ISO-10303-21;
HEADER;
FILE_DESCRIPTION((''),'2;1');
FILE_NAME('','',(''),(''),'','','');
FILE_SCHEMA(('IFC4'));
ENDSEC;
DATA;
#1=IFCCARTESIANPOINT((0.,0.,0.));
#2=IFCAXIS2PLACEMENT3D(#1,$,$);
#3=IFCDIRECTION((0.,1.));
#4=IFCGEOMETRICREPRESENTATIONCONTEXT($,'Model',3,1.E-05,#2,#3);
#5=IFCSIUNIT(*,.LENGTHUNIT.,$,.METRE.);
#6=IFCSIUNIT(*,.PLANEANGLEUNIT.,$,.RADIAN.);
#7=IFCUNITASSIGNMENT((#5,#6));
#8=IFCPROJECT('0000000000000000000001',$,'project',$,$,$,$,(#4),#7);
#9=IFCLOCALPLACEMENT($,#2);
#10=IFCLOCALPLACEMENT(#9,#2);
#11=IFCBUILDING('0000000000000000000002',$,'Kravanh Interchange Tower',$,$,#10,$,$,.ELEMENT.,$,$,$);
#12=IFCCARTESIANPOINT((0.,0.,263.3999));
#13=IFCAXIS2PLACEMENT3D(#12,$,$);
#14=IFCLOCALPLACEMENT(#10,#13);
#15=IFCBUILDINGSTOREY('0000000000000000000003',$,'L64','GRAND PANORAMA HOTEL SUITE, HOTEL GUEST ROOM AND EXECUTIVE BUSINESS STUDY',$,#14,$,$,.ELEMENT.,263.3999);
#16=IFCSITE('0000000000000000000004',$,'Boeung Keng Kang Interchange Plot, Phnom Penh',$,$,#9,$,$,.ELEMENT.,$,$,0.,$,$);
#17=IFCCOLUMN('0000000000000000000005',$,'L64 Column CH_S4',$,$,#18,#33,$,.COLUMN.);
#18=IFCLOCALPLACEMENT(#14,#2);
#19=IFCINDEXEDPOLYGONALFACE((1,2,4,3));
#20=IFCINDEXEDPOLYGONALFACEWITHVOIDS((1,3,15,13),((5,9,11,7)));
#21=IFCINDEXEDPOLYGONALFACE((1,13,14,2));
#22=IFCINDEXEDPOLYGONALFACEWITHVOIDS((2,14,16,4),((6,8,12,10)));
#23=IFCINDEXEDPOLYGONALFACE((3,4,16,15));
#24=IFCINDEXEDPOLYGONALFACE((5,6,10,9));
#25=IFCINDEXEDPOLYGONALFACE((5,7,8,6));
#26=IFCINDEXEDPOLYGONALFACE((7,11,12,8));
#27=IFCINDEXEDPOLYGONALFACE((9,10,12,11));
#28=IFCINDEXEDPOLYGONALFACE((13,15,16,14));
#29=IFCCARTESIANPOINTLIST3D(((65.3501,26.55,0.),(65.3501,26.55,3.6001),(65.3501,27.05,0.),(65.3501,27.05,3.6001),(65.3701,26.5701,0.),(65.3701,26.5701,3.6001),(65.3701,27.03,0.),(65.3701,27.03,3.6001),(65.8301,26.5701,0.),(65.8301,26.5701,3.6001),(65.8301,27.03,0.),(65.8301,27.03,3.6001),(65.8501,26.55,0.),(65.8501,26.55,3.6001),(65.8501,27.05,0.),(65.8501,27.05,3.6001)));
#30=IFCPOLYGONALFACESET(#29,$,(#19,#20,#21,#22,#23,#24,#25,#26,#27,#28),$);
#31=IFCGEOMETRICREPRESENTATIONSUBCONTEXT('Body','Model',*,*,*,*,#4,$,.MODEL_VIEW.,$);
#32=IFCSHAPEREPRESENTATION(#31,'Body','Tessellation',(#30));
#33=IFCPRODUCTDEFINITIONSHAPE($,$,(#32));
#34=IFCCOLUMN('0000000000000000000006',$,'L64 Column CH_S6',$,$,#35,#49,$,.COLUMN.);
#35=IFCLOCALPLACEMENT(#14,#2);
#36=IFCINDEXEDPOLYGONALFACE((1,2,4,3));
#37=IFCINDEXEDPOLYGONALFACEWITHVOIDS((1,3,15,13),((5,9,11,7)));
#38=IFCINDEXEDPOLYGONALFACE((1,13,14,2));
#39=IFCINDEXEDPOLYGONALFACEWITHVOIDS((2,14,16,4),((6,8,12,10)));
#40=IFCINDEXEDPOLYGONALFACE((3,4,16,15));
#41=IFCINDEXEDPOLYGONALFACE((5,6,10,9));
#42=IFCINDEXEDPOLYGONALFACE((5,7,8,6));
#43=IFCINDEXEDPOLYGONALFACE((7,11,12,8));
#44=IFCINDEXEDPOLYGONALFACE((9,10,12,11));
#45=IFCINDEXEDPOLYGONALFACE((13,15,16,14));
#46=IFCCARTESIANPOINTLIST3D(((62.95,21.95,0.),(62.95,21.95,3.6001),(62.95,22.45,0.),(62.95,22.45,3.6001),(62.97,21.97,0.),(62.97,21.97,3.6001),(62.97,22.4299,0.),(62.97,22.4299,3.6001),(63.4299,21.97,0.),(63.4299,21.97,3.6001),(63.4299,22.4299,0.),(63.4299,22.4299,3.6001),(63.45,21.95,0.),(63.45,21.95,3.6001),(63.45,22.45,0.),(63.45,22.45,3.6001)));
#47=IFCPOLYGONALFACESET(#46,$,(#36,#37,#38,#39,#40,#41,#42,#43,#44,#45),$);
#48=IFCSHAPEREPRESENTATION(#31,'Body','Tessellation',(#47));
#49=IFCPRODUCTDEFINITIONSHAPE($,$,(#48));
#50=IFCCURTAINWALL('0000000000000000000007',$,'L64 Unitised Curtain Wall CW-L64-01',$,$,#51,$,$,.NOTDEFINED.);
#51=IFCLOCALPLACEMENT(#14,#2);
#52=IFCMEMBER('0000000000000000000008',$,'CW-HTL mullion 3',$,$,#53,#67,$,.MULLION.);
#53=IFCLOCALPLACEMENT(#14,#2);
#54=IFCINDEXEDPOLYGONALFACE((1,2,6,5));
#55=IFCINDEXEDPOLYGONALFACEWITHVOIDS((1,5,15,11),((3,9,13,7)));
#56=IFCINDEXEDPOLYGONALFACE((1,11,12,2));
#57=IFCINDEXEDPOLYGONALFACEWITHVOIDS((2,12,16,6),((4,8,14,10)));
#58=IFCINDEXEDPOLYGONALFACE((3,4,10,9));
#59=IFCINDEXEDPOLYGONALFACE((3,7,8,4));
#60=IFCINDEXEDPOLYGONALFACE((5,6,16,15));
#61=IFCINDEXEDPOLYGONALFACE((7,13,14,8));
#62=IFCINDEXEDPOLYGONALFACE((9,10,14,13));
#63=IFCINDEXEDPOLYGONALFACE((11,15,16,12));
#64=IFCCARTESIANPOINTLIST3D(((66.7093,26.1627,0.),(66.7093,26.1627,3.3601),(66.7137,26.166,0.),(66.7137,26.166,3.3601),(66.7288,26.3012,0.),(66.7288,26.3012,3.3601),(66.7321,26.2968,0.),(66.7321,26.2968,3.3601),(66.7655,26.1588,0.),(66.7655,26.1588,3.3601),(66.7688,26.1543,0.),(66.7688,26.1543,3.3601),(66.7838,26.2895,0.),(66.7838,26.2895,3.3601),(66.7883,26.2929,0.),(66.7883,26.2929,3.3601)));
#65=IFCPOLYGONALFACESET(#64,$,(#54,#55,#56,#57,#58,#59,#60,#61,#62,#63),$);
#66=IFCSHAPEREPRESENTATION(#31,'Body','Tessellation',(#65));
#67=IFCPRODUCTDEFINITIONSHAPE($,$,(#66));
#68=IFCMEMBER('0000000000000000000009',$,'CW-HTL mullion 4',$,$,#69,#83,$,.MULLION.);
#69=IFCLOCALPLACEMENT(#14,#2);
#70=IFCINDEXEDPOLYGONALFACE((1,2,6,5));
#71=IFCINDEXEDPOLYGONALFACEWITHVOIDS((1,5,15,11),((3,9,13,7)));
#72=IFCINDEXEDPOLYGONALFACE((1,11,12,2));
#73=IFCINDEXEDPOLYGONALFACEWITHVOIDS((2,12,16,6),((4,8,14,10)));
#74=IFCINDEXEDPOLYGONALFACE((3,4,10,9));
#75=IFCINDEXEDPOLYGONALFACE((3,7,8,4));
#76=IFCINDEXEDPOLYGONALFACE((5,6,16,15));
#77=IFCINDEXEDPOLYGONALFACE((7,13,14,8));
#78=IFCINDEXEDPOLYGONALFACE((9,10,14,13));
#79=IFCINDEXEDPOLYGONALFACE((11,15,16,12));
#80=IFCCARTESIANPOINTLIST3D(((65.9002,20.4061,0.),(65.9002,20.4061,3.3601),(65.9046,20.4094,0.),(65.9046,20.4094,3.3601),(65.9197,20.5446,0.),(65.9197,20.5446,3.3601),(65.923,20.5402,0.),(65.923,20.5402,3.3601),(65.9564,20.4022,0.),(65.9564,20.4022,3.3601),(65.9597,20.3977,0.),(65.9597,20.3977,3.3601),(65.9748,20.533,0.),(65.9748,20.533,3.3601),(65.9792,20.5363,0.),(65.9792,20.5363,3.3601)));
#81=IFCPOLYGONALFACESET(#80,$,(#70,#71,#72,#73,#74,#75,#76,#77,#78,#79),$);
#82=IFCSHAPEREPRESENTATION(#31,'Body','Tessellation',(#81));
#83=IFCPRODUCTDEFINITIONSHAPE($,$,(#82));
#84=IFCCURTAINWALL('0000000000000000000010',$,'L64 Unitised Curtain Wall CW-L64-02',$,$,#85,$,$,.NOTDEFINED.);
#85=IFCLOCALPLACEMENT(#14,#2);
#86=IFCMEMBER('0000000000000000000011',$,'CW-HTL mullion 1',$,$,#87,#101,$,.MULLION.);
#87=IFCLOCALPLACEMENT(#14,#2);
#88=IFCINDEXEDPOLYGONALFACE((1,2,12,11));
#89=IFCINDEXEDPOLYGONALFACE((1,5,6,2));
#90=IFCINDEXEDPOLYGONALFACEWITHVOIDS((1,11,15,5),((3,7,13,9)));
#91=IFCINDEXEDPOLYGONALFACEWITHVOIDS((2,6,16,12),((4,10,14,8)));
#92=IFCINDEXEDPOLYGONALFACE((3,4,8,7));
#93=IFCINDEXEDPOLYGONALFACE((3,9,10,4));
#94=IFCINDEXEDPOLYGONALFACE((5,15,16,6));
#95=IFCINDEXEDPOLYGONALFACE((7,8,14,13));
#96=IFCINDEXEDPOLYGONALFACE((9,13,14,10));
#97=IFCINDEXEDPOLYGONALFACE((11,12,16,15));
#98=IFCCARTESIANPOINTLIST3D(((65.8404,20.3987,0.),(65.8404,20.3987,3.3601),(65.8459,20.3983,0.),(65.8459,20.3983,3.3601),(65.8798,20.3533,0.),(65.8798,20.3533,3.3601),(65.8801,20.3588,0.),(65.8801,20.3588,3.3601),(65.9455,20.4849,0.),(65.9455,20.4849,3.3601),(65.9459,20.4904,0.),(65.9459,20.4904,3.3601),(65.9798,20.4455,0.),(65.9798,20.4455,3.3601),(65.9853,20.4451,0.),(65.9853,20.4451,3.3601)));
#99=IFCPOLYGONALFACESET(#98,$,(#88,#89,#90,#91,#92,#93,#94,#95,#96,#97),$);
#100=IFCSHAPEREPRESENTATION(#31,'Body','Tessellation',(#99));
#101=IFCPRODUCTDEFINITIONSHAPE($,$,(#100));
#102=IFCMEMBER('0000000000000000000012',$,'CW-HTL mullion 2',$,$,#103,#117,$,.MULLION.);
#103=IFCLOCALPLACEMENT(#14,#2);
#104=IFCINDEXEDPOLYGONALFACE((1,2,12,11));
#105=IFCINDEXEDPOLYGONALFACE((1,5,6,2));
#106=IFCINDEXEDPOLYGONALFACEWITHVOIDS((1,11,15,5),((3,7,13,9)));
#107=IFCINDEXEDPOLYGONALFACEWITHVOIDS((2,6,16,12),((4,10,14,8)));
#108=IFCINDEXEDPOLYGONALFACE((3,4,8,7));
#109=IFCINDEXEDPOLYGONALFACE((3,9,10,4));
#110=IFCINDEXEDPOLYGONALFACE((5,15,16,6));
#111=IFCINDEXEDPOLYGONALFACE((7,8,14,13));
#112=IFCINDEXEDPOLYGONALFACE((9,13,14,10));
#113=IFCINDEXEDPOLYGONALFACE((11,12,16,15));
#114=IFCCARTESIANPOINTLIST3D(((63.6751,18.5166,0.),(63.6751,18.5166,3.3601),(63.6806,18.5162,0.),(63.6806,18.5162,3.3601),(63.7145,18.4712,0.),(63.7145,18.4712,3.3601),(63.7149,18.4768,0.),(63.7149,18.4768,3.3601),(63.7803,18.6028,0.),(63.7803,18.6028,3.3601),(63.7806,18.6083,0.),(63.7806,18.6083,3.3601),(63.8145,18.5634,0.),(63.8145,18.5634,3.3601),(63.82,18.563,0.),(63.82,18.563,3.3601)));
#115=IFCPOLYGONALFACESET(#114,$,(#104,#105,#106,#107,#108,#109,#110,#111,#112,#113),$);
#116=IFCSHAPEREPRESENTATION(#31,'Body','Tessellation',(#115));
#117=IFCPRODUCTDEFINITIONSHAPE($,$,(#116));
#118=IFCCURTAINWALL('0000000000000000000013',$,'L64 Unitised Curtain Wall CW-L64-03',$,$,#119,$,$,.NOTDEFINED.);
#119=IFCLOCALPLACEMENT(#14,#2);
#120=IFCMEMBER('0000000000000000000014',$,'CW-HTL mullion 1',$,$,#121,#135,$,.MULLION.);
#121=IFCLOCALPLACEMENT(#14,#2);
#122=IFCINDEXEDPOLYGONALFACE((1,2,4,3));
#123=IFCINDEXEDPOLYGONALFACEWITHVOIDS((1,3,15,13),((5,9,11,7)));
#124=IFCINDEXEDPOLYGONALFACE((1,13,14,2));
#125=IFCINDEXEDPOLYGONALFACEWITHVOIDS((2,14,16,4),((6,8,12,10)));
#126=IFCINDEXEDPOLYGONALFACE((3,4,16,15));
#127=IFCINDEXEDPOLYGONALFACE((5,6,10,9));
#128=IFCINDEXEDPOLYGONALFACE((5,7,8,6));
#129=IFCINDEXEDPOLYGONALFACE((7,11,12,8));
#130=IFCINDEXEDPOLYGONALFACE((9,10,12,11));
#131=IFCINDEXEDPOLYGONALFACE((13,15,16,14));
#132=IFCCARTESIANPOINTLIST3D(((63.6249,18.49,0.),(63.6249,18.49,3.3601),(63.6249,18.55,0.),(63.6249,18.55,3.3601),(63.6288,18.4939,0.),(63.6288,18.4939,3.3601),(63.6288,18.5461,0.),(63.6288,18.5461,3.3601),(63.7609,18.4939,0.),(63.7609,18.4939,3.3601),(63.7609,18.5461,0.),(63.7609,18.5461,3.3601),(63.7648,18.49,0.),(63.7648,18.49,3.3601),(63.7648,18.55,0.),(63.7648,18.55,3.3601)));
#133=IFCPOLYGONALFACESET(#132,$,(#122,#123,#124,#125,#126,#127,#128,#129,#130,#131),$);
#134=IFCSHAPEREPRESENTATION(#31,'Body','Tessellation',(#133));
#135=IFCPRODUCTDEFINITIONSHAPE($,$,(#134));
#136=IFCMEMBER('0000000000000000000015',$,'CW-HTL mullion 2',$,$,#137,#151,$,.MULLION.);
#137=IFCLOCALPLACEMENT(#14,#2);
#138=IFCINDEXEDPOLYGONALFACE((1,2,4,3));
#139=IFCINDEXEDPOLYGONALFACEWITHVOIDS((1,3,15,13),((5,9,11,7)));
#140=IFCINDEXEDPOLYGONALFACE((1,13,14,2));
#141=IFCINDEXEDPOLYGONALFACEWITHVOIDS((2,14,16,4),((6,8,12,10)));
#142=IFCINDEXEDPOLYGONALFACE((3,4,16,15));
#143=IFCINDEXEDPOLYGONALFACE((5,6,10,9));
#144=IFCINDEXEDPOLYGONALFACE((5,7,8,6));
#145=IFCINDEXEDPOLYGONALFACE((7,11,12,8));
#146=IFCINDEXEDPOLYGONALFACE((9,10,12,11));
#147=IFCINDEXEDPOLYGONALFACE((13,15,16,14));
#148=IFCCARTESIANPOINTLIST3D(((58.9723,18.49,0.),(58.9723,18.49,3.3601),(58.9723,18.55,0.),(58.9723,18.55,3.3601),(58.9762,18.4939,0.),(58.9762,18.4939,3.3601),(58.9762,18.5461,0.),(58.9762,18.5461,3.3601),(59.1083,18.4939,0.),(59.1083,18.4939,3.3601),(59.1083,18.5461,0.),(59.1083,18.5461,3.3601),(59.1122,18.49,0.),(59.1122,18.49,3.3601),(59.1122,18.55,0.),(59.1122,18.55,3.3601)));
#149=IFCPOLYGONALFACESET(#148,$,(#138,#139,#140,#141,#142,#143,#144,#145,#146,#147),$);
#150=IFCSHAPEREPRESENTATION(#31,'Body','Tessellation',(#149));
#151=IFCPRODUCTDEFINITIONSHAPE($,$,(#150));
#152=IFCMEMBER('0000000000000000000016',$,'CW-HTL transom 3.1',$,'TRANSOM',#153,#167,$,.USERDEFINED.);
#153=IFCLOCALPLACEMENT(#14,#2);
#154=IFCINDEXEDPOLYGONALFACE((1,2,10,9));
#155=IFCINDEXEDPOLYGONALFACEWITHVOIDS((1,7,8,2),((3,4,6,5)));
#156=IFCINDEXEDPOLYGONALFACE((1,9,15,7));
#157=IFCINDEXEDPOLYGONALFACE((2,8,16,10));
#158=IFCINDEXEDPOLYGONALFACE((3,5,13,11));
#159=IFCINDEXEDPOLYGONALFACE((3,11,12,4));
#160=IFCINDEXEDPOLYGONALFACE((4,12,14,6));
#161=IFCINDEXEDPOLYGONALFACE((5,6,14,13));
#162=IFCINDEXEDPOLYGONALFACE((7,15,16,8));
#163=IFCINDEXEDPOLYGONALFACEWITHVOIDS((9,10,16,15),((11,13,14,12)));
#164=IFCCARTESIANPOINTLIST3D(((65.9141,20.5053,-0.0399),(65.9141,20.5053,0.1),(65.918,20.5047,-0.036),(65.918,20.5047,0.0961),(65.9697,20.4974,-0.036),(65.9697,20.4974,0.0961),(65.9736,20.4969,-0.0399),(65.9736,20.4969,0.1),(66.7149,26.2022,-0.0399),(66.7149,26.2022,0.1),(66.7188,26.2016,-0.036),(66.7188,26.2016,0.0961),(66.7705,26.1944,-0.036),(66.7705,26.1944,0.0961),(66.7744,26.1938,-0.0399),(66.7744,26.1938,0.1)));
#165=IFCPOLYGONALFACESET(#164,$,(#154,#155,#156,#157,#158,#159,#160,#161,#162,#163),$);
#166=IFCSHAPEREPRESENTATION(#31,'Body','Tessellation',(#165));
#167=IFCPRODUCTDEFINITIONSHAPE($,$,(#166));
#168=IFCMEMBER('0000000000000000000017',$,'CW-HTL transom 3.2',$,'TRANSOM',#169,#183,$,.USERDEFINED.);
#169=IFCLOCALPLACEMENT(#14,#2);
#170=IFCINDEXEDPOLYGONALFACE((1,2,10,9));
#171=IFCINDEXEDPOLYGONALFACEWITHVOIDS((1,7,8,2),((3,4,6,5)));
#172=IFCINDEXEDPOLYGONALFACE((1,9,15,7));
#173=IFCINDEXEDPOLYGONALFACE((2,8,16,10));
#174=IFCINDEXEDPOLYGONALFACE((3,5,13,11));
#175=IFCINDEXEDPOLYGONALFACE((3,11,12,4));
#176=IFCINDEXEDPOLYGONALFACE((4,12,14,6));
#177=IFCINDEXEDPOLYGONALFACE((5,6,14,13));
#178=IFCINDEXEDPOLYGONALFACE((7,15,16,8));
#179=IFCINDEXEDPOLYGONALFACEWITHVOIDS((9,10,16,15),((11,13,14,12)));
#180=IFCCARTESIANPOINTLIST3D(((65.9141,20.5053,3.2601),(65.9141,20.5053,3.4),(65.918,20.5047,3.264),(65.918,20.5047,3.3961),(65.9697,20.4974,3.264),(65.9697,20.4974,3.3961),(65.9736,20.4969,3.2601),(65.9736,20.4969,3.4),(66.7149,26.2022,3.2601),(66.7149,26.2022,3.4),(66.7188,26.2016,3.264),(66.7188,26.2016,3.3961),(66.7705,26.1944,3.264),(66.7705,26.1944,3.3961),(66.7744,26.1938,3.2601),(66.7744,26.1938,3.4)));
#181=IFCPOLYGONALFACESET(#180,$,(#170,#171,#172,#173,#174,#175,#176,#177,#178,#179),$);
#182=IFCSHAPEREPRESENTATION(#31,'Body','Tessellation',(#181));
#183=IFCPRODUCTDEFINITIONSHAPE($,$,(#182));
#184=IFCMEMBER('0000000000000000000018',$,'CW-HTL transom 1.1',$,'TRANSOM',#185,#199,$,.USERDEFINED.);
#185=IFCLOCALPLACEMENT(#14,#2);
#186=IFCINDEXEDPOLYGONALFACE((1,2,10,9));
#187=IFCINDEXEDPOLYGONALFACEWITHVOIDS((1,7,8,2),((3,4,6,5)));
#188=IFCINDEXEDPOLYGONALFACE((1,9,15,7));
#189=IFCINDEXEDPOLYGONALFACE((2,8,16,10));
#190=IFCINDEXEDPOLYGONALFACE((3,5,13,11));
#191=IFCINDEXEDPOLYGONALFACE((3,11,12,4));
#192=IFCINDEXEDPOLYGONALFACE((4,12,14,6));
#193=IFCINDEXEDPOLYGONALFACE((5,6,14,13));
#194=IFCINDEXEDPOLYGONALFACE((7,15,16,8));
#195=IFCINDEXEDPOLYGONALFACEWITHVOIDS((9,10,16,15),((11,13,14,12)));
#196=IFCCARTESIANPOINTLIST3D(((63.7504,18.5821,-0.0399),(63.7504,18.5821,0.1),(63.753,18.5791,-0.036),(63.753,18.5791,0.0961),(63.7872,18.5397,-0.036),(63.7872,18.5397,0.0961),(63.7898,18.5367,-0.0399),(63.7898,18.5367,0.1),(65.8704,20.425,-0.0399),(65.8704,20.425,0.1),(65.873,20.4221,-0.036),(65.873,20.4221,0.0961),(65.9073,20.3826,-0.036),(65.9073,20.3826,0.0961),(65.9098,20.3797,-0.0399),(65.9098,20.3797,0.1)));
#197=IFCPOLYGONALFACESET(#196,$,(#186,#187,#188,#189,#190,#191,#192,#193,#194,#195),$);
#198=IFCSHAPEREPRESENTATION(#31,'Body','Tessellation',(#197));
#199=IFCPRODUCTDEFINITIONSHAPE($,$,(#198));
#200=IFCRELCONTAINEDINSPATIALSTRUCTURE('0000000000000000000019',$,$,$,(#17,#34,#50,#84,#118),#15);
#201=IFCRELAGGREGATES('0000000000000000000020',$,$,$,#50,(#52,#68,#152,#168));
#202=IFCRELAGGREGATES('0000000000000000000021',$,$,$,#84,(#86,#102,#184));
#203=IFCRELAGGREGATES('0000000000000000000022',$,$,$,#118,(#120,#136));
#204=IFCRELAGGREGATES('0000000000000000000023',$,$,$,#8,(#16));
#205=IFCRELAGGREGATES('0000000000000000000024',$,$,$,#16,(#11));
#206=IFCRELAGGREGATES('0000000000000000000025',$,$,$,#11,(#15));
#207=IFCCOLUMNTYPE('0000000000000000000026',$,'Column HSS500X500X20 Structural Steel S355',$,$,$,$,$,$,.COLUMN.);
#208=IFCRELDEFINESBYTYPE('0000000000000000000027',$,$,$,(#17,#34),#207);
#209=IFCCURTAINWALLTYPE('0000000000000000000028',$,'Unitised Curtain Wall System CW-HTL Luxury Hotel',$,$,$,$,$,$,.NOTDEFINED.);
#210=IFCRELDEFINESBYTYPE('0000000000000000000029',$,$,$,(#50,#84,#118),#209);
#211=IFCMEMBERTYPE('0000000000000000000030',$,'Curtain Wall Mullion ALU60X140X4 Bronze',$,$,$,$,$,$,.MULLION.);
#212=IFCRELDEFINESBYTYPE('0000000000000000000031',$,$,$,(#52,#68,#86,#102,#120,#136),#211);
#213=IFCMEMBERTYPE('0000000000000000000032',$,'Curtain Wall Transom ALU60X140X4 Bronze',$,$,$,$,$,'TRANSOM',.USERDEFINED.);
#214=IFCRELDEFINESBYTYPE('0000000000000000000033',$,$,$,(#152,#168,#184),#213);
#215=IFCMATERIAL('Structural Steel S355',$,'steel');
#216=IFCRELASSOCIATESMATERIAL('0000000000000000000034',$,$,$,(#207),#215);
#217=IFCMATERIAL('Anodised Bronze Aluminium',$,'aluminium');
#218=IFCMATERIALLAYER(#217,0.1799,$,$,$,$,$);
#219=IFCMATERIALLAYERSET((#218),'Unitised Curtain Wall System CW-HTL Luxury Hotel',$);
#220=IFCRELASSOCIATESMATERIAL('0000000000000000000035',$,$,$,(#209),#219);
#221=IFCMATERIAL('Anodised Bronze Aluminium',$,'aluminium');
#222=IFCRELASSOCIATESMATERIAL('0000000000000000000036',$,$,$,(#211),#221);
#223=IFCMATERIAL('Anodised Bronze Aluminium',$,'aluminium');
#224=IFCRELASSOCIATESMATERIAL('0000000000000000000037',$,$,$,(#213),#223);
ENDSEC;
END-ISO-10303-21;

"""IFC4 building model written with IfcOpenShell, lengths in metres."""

from ifc_helpers import new_model, si_unit, direction, frame, origin, origin_2d, place, context, subcontext, project, spatial, hollow_rectangle, extrude, material, layer, layer_set, material_profile, profile_set, type_object, element, aggregate, save


model = new_model("IFC4")

# Units and contexts
model_context = context("Model", 3, precision=1e-05, world=origin(), true_north=direction((0.0, 1.0)))
body_context = subcontext(model_context, "Body", "Model", "MODEL_VIEW")
ifc_project = project(units=[si_unit("LENGTHUNIT", "METRE"), si_unit("PLANEANGLEUNIT", "RADIAN")], contexts=[model_context])

# Site, building, storey
site_placement = place(None, origin())
site = spatial("IfcSite", under=ifc_project, at=site_placement, Name="Boeung Keng Kang Interchange Plot, Phnom Penh", CompositionType="ELEMENT", RefElevation=0.0)
building_placement = place(site_placement, origin())
building = spatial("IfcBuilding", under=site, at=building_placement, Name="Kravanh Interchange Tower", CompositionType="ELEMENT")
storey_placement = place(building_placement, frame((0.0, 0.0, 263.3999)))
storey = spatial("IfcBuildingStorey", under=building, at=storey_placement, Name="L64", Description="GRAND PANORAMA HOTEL SUITE, HOTEL GUEST ROOM AND EXECUTIVE BUSINESS STUDY", CompositionType="ELEMENT", Elevation=263.3999)

# Columns
ifc_material_1 = material(Name="Structural Steel S355", Category="steel")
ifc_material_profile_1 = material_profile(ifc_material_1, hollow_rectangle(XDim=0.5, YDim=0.5, WallThickness=0.02, at=origin_2d()), Name="HSS500X500X20")
ifc_profile_set_1 = profile_set([ifc_material_profile_1], Name="Structural Steel S355")
column_type = type_object("IfcColumnType", Name="Column HSS500X500X20 Structural Steel S355", PredefinedType="COLUMN", material=ifc_profile_set_1)
for number, where, z_axis, x_axis, name in (
    (1, (65.6001, 26.8, 0.0), (0.0, 0.0, 1.0), (1.0, 0.0, 0.0), "L64 Column CH_S4"),
    (2, (63.2, 22.2, 0.0), (0.0, 0.0, 1.0), (1.0, 0.0, 0.0), "L64 Column CH_S6"),
):
    element("IfcColumn", number, at=place(storey_placement, frame(where, z_axis=z_axis, x_axis=x_axis)), inside=storey, type_object=column_type, Name=name, PredefinedType="COLUMN", context=body_context, shape_type="SweptSolid", body=[
        extrude(hollow_rectangle(XDim=0.5, YDim=0.5, WallThickness=0.02, at=origin_2d()), origin(), (0.0, 0.0, 1.0), 3.6001),
    ])

# Curtain walls, members
ifc_material_2 = material(Name="Anodised Bronze Aluminium", Category="aluminium")
ifc_layer_1 = layer(ifc_material_2, 0.1799)
ifc_layer_set_1 = layer_set([ifc_layer_1], Name="Unitised Curtain Wall System CW-HTL Luxury Hotel")
curtain_wall_type = type_object("IfcCurtainWallType", Name="Unitised Curtain Wall System CW-HTL Luxury Hotel", PredefinedType="NOTDEFINED", material=ifc_layer_set_1)
curtain_wall_1_placement = place(storey_placement, origin())
curtain_wall_1 = element("IfcCurtainWall", 3, at=curtain_wall_1_placement, inside=storey, type_object=curtain_wall_type, Name="L64 Unitised Curtain Wall CW-L64-01", PredefinedType="NOTDEFINED")
ifc_material_3 = material(Name="Anodised Bronze Aluminium", Category="aluminium")
ifc_material_profile_2 = material_profile(ifc_material_3, hollow_rectangle(XDim=0.0601, YDim=0.1399, WallThickness=0.0039, at=origin_2d()), Name="ALU60X140X4")
ifc_profile_set_2 = profile_set([ifc_material_profile_2], Name="Anodised Bronze Aluminium")
member_type_1 = type_object("IfcMemberType", Name="Curtain Wall Mullion ALU60X140X4 Bronze", PredefinedType="MULLION", material=ifc_profile_set_2)
member_1_placement = place(storey_placement, frame((66.7488, 26.2278, 0.0), z_axis=(0.0, 0.0, 1.0), x_axis=(0.990268, -0.139175, 0.0)))
member_1 = element("IfcMember", 4, at=member_1_placement, type_object=member_type_1, Name="CW-HTL mullion 3", PredefinedType="MULLION", context=body_context, shape_type="SweptSolid", body=[
    extrude(hollow_rectangle(XDim=0.0601, YDim=0.1399, WallThickness=0.0039, at=origin_2d()), origin(), (0.0, 0.0, 1.0), 3.3601),
])
member_2_placement = place(storey_placement, frame((65.9397, 20.4712, 0.0), z_axis=(0.0, 0.0, 1.0), x_axis=(0.990268, -0.139175, 0.0)))
member_2 = element("IfcMember", 5, at=member_2_placement, type_object=member_type_1, Name="CW-HTL mullion 4", PredefinedType="MULLION", context=body_context, shape_type="SweptSolid", body=[
    extrude(hollow_rectangle(XDim=0.0601, YDim=0.1399, WallThickness=0.0039, at=origin_2d()), origin(), (0.0, 0.0, 1.0), 3.3601),
])
curtain_wall_2_placement = place(storey_placement, origin())
curtain_wall_2 = element("IfcCurtainWall", 6, at=curtain_wall_2_placement, inside=storey, type_object=curtain_wall_type, Name="L64 Unitised Curtain Wall CW-L64-02", PredefinedType="NOTDEFINED")
member_3_placement = place(storey_placement, frame((65.9128, 20.4219, 0.0), z_axis=(0.0, 0.0, 1.0), x_axis=(0.656033, -0.754732, 0.0)))
member_3 = element("IfcMember", 7, at=member_3_placement, type_object=member_type_1, Name="CW-HTL mullion 1", PredefinedType="MULLION", context=body_context, shape_type="SweptSolid", body=[
    extrude(hollow_rectangle(XDim=0.0601, YDim=0.1399, WallThickness=0.0039, at=origin_2d()), origin(), (0.0, 0.0, 1.0), 3.3601),
])
member_4_placement = place(storey_placement, frame((63.7476, 18.5398, 0.0), z_axis=(0.0, 0.0, 1.0), x_axis=(0.656033, -0.754732, 0.0)))
member_4 = element("IfcMember", 8, at=member_4_placement, type_object=member_type_1, Name="CW-HTL mullion 2", PredefinedType="MULLION", context=body_context, shape_type="SweptSolid", body=[
    extrude(hollow_rectangle(XDim=0.0601, YDim=0.1399, WallThickness=0.0039, at=origin_2d()), origin(), (0.0, 0.0, 1.0), 3.3601),
])
curtain_wall_3_placement = place(storey_placement, origin())
curtain_wall_3 = element("IfcCurtainWall", 9, at=curtain_wall_3_placement, inside=storey, type_object=curtain_wall_type, Name="L64 Unitised Curtain Wall CW-L64-03", PredefinedType="NOTDEFINED")
member_5_placement = place(storey_placement, frame((63.6948, 18.52, 0.0), z_axis=(0.0, 0.0, 1.0), x_axis=(0.0, -1.0, 0.0)))
member_5 = element("IfcMember", 10, at=member_5_placement, type_object=member_type_1, Name="CW-HTL mullion 1", PredefinedType="MULLION", context=body_context, shape_type="SweptSolid", body=[
    extrude(hollow_rectangle(XDim=0.0601, YDim=0.1399, WallThickness=0.0039, at=origin_2d()), origin(), (0.0, 0.0, 1.0), 3.3601),
])
member_6_placement = place(storey_placement, frame((59.0422, 18.52, 0.0), z_axis=(0.0, 0.0, 1.0), x_axis=(0.0, -1.0, 0.0)))
member_6 = element("IfcMember", 11, at=member_6_placement, type_object=member_type_1, Name="CW-HTL mullion 2", PredefinedType="MULLION", context=body_context, shape_type="SweptSolid", body=[
    extrude(hollow_rectangle(XDim=0.0601, YDim=0.1399, WallThickness=0.0039, at=origin_2d()), origin(), (0.0, 0.0, 1.0), 3.3601),
])

# Members
ifc_material_4 = material(Name="Anodised Bronze Aluminium", Category="aluminium")
ifc_material_profile_3 = material_profile(ifc_material_4, hollow_rectangle(XDim=0.0601, YDim=0.1399, WallThickness=0.0039, at=origin_2d()), Name="ALU60X140X4")
ifc_profile_set_3 = profile_set([ifc_material_profile_3], Name="Anodised Bronze Aluminium")
member_type_2 = type_object("IfcMemberType", Name="Curtain Wall Transom ALU60X140X4 Bronze", ElementType="TRANSOM", PredefinedType="USERDEFINED", material=ifc_profile_set_3)
member_7_placement = place(storey_placement, frame((66.7446, 26.198, 0.03), z_axis=(-0.139193, -0.990265, 0.0), x_axis=(0.990265, -0.139193, 0.0)))
member_7 = element("IfcMember", 12, at=member_7_placement, type_object=member_type_2, Name="CW-HTL transom 3.1", ObjectType="TRANSOM", PredefinedType="USERDEFINED", context=body_context, shape_type="SweptSolid", body=[
    extrude(hollow_rectangle(XDim=0.0601, YDim=0.1399, WallThickness=0.0039, at=origin_2d()), origin(), (0.0, 0.0, 1.0), 5.7529),
])
member_8_placement = place(storey_placement, frame((66.7446, 26.198, 3.3301), z_axis=(-0.139193, -0.990265, 0.0), x_axis=(0.990265, -0.139193, 0.0)))
member_8 = element("IfcMember", 13, at=member_8_placement, type_object=member_type_2, Name="CW-HTL transom 3.2", ObjectType="TRANSOM", PredefinedType="USERDEFINED", context=body_context, shape_type="SweptSolid", body=[
    extrude(hollow_rectangle(XDim=0.0601, YDim=0.1399, WallThickness=0.0039, at=origin_2d()), origin(), (0.0, 0.0, 1.0), 5.7529),
])
member_9_placement = place(storey_placement, frame((65.8901, 20.4023, 0.03), z_axis=(-0.754705, -0.656065, 0.0), x_axis=(0.656065, -0.754705, 0.0)))
member_9 = element("IfcMember", 14, at=member_9_placement, type_object=member_type_2, Name="CW-HTL transom 1.1", ObjectType="TRANSOM", PredefinedType="USERDEFINED", context=body_context, shape_type="SweptSolid", body=[
    extrude(hollow_rectangle(XDim=0.0601, YDim=0.1399, WallThickness=0.0039, at=origin_2d()), origin(), (0.0, 0.0, 1.0), 2.8091),
])

aggregate(curtain_wall_1, [member_1, member_2, member_7, member_8])
aggregate(curtain_wall_2, [member_3, member_4, member_9])
aggregate(curtain_wall_3, [member_5, member_6])

save(model, "model.ifc")
